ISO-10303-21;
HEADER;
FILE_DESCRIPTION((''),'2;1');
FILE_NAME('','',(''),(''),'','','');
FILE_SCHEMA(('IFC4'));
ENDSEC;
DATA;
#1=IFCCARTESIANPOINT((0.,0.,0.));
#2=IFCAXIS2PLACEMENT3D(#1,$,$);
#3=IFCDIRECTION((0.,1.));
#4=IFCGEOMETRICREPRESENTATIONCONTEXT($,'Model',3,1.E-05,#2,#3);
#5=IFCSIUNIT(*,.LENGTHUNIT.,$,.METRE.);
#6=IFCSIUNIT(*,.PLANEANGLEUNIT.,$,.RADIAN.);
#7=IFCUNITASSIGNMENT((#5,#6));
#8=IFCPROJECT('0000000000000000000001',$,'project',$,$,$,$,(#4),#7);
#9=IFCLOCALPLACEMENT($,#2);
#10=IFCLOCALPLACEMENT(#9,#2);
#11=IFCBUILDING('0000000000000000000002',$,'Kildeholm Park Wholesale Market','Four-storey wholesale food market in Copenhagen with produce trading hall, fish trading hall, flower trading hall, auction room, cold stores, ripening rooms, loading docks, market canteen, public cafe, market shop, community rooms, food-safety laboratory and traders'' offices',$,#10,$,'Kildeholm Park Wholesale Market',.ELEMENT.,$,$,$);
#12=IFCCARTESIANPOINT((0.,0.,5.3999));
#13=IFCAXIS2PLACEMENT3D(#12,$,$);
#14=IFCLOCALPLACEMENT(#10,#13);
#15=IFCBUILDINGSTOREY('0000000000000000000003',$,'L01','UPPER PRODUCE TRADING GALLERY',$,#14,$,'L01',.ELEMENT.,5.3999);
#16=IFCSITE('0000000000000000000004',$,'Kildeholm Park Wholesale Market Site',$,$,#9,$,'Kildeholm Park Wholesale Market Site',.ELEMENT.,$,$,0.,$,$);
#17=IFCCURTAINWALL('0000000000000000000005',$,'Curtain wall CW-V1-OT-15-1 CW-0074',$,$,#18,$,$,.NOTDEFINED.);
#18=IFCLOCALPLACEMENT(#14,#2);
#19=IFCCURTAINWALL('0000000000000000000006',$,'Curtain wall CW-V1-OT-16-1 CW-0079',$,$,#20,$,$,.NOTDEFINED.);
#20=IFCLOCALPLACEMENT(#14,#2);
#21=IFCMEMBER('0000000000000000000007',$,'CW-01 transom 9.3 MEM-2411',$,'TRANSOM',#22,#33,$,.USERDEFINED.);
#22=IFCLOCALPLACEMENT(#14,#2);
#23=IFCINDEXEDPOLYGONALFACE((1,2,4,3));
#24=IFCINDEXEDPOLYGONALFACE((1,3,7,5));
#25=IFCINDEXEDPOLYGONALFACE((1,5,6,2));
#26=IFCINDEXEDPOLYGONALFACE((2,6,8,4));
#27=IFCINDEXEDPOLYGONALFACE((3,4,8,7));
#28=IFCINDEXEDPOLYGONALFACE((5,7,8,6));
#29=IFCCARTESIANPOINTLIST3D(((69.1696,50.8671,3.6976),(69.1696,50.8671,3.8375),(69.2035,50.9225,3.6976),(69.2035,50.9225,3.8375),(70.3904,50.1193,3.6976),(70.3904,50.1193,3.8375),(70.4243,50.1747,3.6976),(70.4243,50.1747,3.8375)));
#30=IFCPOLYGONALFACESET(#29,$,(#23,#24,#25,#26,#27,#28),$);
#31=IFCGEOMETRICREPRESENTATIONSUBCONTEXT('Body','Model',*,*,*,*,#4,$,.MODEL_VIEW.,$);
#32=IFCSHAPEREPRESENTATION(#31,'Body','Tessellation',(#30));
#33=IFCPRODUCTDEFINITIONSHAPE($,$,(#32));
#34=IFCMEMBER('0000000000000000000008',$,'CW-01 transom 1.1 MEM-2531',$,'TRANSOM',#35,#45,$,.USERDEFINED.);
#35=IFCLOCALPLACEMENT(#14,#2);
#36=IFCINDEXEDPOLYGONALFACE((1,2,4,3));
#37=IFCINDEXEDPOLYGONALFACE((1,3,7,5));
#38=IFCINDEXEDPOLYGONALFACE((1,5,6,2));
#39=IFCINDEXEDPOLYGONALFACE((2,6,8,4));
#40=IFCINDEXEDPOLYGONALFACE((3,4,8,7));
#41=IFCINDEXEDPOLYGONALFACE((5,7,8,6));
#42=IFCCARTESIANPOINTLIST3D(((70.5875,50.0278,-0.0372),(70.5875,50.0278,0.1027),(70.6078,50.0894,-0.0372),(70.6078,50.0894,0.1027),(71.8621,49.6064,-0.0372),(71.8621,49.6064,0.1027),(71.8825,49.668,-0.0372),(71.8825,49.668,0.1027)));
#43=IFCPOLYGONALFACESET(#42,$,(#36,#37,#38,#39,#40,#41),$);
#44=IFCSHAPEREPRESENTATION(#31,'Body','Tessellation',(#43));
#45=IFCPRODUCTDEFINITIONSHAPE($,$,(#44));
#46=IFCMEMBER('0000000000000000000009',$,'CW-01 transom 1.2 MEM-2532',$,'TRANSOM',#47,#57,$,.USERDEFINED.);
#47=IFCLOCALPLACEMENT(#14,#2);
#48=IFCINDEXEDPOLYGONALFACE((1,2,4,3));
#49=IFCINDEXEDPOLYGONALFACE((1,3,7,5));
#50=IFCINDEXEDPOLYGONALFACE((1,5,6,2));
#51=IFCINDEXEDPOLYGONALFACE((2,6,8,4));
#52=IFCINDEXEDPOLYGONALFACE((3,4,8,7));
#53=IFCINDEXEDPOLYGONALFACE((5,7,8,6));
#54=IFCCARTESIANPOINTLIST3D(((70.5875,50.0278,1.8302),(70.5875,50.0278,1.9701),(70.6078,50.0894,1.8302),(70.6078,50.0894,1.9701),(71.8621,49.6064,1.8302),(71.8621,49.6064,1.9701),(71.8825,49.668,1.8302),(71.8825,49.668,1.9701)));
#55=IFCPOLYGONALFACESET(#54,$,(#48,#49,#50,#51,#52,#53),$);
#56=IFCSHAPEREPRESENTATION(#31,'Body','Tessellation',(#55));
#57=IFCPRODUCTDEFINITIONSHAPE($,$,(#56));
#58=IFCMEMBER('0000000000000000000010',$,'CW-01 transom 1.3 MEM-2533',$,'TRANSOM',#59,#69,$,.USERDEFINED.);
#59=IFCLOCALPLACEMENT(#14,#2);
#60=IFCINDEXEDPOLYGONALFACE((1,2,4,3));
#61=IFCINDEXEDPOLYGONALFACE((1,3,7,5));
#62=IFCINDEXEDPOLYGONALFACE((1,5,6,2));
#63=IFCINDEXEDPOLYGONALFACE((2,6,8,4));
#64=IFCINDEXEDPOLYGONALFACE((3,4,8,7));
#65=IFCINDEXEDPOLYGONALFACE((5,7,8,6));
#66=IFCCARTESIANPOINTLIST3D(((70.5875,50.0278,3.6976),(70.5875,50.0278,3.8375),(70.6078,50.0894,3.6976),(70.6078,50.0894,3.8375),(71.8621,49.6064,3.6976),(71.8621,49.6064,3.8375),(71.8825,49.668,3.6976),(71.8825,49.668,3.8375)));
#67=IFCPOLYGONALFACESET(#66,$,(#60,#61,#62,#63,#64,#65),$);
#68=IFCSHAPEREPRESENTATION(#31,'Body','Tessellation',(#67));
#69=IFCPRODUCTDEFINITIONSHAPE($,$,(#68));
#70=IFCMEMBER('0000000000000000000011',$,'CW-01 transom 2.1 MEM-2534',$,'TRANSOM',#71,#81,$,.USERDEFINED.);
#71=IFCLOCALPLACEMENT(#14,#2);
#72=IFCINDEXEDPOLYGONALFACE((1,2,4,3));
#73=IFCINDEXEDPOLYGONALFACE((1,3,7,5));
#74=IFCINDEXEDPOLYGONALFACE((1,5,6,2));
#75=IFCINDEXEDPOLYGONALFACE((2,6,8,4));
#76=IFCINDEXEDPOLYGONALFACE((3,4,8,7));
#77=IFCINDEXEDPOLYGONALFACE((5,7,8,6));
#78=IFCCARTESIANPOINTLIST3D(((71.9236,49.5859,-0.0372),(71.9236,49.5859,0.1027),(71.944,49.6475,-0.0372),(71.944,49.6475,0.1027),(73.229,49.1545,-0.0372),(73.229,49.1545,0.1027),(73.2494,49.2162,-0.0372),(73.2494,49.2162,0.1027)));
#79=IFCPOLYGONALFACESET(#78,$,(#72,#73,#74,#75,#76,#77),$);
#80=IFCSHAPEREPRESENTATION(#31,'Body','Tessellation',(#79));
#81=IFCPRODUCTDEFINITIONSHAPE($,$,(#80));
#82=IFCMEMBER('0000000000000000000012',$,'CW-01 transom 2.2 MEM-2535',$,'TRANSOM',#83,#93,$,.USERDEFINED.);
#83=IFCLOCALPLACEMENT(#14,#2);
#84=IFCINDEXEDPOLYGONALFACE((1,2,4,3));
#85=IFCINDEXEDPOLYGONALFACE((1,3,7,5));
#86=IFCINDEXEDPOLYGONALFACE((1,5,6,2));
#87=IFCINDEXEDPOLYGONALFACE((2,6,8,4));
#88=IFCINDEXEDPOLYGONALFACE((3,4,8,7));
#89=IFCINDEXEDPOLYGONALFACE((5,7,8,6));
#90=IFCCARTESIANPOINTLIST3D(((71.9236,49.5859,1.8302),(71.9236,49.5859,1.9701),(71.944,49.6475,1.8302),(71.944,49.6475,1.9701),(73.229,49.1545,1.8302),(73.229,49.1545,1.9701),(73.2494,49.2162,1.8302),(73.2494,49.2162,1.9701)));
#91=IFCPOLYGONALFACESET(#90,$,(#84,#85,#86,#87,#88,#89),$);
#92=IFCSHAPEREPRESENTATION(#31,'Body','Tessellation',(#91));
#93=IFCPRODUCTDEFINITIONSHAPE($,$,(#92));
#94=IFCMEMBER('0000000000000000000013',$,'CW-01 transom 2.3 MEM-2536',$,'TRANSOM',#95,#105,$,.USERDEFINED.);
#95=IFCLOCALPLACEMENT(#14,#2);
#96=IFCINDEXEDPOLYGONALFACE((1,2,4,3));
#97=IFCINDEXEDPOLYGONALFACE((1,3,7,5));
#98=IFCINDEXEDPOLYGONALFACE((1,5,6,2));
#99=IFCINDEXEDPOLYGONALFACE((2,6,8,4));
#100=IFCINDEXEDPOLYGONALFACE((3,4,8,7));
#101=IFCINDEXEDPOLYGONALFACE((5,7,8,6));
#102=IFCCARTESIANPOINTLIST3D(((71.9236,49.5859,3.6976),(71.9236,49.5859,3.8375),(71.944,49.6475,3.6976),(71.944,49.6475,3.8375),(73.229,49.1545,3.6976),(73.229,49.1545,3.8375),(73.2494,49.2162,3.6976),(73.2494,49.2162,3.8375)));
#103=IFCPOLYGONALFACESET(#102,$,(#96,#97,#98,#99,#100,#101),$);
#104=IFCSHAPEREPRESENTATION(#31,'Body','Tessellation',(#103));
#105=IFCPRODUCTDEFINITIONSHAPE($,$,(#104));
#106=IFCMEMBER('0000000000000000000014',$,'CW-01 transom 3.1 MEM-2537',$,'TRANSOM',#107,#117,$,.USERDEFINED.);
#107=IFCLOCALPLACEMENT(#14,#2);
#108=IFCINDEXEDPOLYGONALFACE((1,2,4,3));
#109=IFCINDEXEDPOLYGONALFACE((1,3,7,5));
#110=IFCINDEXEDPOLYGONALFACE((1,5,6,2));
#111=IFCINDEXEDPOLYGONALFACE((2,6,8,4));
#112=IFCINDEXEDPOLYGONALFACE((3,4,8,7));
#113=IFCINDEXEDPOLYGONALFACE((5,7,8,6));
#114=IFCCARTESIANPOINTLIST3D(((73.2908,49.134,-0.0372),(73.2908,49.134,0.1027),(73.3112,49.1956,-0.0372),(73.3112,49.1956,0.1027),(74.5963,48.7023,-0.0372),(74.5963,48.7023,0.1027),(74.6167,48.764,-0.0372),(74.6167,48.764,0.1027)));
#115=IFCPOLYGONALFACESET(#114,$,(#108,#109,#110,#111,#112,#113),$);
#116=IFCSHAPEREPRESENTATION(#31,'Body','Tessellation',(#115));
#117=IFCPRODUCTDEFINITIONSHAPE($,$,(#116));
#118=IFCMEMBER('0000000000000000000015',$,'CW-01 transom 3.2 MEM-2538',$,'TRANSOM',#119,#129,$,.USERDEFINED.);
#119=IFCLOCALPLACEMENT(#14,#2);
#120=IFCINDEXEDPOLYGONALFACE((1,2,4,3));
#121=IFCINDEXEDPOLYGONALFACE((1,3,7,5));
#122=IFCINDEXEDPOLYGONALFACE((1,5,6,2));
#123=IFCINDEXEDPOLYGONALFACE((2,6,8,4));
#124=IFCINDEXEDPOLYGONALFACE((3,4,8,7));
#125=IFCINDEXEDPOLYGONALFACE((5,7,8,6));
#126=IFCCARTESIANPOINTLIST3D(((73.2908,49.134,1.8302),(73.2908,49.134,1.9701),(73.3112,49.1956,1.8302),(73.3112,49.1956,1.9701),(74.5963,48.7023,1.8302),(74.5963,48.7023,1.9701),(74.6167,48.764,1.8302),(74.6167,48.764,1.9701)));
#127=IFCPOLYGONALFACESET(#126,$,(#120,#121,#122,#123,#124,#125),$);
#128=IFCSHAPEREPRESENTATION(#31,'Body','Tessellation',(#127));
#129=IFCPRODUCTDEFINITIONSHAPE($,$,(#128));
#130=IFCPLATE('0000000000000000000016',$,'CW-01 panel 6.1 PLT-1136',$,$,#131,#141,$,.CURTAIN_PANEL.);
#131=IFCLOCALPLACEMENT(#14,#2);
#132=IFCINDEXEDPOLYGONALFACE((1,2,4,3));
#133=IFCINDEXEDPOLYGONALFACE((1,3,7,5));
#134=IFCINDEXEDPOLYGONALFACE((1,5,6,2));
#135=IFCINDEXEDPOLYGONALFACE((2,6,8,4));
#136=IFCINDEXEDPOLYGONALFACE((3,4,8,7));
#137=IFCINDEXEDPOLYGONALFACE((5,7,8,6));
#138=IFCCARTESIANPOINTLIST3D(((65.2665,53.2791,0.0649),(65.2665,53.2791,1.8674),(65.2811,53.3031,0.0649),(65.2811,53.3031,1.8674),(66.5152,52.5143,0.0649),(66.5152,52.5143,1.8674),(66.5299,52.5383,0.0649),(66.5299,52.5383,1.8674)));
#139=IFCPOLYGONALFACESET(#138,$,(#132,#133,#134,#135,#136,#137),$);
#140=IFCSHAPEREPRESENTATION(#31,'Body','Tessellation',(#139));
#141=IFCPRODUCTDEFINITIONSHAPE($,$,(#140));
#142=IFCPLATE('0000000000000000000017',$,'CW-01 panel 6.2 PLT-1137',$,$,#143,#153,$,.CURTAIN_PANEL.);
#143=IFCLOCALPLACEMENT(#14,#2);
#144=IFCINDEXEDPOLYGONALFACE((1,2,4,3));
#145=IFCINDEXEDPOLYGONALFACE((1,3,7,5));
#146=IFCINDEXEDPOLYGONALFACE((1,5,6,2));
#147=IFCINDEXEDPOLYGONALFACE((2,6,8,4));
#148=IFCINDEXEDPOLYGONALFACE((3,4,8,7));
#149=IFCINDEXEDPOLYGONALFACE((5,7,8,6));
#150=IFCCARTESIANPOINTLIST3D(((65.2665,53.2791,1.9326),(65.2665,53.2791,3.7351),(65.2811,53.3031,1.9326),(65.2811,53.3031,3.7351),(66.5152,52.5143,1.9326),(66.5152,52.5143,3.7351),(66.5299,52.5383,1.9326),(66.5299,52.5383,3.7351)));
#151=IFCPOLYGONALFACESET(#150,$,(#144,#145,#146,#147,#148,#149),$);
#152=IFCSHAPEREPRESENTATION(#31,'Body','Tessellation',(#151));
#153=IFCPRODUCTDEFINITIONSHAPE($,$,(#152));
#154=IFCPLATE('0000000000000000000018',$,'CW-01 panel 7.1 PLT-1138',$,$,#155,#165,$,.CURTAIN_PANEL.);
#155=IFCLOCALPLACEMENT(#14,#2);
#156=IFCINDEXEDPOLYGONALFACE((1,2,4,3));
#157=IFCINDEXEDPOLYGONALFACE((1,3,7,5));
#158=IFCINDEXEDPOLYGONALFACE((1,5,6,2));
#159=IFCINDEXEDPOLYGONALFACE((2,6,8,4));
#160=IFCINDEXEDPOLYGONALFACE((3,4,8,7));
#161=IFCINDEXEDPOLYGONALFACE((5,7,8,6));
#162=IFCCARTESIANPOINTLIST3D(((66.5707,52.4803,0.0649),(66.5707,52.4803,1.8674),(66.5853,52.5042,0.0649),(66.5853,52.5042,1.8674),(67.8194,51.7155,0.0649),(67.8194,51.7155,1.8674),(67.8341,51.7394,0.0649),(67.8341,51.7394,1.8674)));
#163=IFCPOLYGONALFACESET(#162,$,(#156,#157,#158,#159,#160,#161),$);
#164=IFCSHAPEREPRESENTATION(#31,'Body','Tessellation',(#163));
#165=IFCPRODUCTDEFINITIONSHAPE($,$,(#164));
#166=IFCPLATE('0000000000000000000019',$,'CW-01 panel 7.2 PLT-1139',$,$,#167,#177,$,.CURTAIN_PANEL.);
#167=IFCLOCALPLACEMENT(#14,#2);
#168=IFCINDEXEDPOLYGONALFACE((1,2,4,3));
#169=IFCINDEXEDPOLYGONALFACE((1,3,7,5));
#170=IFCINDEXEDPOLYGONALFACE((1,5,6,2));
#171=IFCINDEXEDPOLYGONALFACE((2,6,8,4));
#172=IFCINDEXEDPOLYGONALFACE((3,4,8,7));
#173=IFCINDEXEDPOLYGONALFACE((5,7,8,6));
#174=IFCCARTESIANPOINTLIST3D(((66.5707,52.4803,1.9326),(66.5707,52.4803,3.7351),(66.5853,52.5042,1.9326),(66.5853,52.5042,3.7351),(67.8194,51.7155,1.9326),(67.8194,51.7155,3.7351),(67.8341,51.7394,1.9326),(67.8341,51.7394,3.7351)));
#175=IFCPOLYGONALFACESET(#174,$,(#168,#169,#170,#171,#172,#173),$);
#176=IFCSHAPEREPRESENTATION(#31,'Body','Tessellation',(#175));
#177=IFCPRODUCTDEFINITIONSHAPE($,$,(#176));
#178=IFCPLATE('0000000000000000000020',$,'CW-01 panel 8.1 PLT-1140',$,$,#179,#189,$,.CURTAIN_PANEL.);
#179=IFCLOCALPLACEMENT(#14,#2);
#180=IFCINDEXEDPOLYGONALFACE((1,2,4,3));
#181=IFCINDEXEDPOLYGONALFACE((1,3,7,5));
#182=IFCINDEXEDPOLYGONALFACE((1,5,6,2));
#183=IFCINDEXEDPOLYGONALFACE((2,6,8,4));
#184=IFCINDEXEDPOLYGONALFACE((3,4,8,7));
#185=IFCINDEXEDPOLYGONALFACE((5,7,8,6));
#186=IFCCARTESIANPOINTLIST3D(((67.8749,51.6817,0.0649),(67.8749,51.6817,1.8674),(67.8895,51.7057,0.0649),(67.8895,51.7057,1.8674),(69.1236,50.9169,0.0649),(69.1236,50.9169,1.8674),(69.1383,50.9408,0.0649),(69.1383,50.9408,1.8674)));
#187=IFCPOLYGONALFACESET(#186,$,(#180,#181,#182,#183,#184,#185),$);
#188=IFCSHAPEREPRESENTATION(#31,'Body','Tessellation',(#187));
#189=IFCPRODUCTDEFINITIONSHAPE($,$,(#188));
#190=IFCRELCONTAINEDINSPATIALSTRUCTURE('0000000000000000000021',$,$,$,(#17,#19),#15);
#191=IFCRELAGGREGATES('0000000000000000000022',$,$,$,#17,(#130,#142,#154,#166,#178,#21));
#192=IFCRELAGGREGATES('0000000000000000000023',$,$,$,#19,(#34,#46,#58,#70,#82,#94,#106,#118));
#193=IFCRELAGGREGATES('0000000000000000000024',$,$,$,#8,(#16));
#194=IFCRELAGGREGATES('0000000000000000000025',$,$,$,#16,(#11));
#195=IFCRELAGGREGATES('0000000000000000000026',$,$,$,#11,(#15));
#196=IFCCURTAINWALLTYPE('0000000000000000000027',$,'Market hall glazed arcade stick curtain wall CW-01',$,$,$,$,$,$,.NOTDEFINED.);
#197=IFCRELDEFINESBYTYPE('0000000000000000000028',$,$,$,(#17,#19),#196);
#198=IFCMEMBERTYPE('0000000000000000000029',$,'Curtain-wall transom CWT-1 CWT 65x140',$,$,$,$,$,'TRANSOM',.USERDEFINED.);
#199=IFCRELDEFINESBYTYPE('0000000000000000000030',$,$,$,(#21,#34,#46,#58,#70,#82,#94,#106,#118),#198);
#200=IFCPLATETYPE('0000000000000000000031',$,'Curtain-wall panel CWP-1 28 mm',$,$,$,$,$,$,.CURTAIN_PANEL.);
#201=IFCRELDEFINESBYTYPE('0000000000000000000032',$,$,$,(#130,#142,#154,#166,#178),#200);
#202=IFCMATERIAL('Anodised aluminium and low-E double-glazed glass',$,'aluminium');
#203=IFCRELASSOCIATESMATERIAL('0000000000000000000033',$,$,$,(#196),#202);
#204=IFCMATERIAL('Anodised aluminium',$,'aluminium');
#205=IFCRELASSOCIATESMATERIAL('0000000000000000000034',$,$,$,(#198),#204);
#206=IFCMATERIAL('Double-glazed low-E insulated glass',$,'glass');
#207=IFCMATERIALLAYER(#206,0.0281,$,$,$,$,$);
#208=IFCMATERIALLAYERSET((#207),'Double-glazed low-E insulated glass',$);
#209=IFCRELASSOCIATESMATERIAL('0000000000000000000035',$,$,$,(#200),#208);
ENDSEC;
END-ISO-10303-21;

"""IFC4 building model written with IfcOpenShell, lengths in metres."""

from ifc_helpers import new_model, si_unit, direction, frame, origin, origin_2d, place, context, subcontext, project, spatial, rectangle, extrude, material, layer, layer_set, material_profile, profile_set, type_object, element, aggregate, save


model = new_model("IFC4")

# Units and contexts
model_context = context("Model", 3, precision=1e-05, world=origin(), true_north=direction((0.0, 1.0)))
body_context = subcontext(model_context, "Body", "Model", "MODEL_VIEW")
ifc_project = project(units=[si_unit("LENGTHUNIT", "METRE"), si_unit("PLANEANGLEUNIT", "RADIAN")], contexts=[model_context])

# Site, building, storey
site_placement = place(None, origin())
site = spatial("IfcSite", under=ifc_project, at=site_placement, Name="Kildeholm Park Wholesale Market Site", LongName="Kildeholm Park Wholesale Market Site", CompositionType="ELEMENT", RefElevation=0.0)
building_placement = place(site_placement, origin())
building = spatial("IfcBuilding", under=site, at=building_placement, Name="Kildeholm Park Wholesale Market", Description="Four-storey wholesale food market in Copenhagen with produce trading hall, fish trading hall, flower trading hall, auction room, cold stores, ripening rooms, loading docks, market canteen, public cafe, market shop, community rooms, food-safety laboratory and traders' offices", LongName="Kildeholm Park Wholesale Market", CompositionType="ELEMENT")
storey_placement = place(building_placement, frame((0.0, 0.0, 5.3999)))
storey = spatial("IfcBuildingStorey", under=building, at=storey_placement, Name="L01", Description="UPPER PRODUCE TRADING GALLERY", LongName="L01", CompositionType="ELEMENT", Elevation=5.3999)

# Curtain walls
ifc_material_1 = material(Name="Anodised aluminium and low-E double-glazed glass", Category="aluminium")
curtain_wall_type = type_object("IfcCurtainWallType", Name="Market hall glazed arcade stick curtain wall CW-01", PredefinedType="NOTDEFINED", material=ifc_material_1)
curtain_wall_1_placement = place(storey_placement, origin())
curtain_wall_1 = element("IfcCurtainWall", 1, at=curtain_wall_1_placement, inside=storey, type_object=curtain_wall_type, Name="Curtain wall CW-V1-OT-15-1 CW-0074", PredefinedType="NOTDEFINED")
ifc_material_2 = material(Name="Anodised aluminium", Category="aluminium")
curtain_wall_2_placement = place(storey_placement, origin())
curtain_wall_2 = element("IfcCurtainWall", 2, at=curtain_wall_2_placement, inside=storey, type_object=curtain_wall_type, Name="Curtain wall CW-V1-OT-16-1 CW-0079", PredefinedType="NOTDEFINED")

# Members
ifc_material_profile_1 = material_profile(ifc_material_2, rectangle(XDim=0.0649, YDim=0.1399, at=origin_2d()), Name="CWT 65x140")
ifc_profile_set_1 = profile_set([ifc_material_profile_1], Name="Anodised aluminium")
member_type_1 = type_object("IfcMemberType", Name="Curtain-wall transom CWT-1 CWT 65x140", ElementType="TRANSOM", PredefinedType="USERDEFINED", material=ifc_profile_set_1)
member_1_placement = place(storey_placement, frame((69.1865, 50.8948, 3.7676), z_axis=(0.852763, -0.522298, 0.0), x_axis=(0.522298, 0.852763, 0.0)))
member_1 = element("IfcMember", 3, at=member_1_placement, type_object=member_type_1, Name="CW-01 transom 9.3 MEM-2411", ObjectType="TRANSOM", PredefinedType="USERDEFINED", context=body_context, shape_type="SweptSolid", body=[
    extrude(rectangle(XDim=0.0649, YDim=0.1399, at=origin_2d()), origin(), (0.0, 0.0, 1.0), 1.4316),
])
member_2_placement = place(storey_placement, frame((70.5977, 50.0586, 0.0327), z_axis=(0.949462, -0.313881, 0.0), x_axis=(0.313881, 0.949462, 0.0)))
member_2 = element("IfcMember", 4, at=member_2_placement, type_object=member_type_1, Name="CW-01 transom 1.1 MEM-2531", ObjectType="TRANSOM", PredefinedType="USERDEFINED", context=body_context, shape_type="SweptSolid", body=[
    extrude(rectangle(XDim=0.0649, YDim=0.1399, at=origin_2d()), origin(), (0.0, 0.0, 1.0), 1.3425),
])
member_3_placement = place(storey_placement, frame((70.5977, 50.0586, 1.9001), z_axis=(0.949462, -0.313881, 0.0), x_axis=(0.313881, 0.949462, 0.0)))
member_3 = element("IfcMember", 5, at=member_3_placement, type_object=member_type_1, Name="CW-01 transom 1.2 MEM-2532", ObjectType="TRANSOM", PredefinedType="USERDEFINED", context=body_context, shape_type="SweptSolid", body=[
    extrude(rectangle(XDim=0.0649, YDim=0.1399, at=origin_2d()), origin(), (0.0, 0.0, 1.0), 1.3425),
])
member_4_placement = place(storey_placement, frame((70.5977, 50.0586, 3.7676), z_axis=(0.949462, -0.313881, 0.0), x_axis=(0.313881, 0.949462, 0.0)))
member_4 = element("IfcMember", 6, at=member_4_placement, type_object=member_type_1, Name="CW-01 transom 1.3 MEM-2533", ObjectType="TRANSOM", PredefinedType="USERDEFINED", context=body_context, shape_type="SweptSolid", body=[
    extrude(rectangle(XDim=0.0649, YDim=0.1399, at=origin_2d()), origin(), (0.0, 0.0, 1.0), 1.3425),
])
member_5_placement = place(storey_placement, frame((71.9338, 49.6167, 0.0327), z_axis=(0.949497, -0.313776, 0.0), x_axis=(0.313776, 0.949497, 0.0)))
member_5 = element("IfcMember", 7, at=member_5_placement, type_object=member_type_1, Name="CW-01 transom 2.1 MEM-2534", ObjectType="TRANSOM", PredefinedType="USERDEFINED", context=body_context, shape_type="SweptSolid", body=[
    extrude(rectangle(XDim=0.0649, YDim=0.1399, at=origin_2d()), origin(), (0.0, 0.0, 1.0), 1.3748),
])
member_6_placement = place(storey_placement, frame((71.9338, 49.6167, 1.9001), z_axis=(0.949497, -0.313776, 0.0), x_axis=(0.313776, 0.949497, 0.0)))
member_6 = element("IfcMember", 8, at=member_6_placement, type_object=member_type_1, Name="CW-01 transom 2.2 MEM-2535", ObjectType="TRANSOM", PredefinedType="USERDEFINED", context=body_context, shape_type="SweptSolid", body=[
    extrude(rectangle(XDim=0.0649, YDim=0.1399, at=origin_2d()), origin(), (0.0, 0.0, 1.0), 1.3748),
])
member_7_placement = place(storey_placement, frame((71.9338, 49.6167, 3.7676), z_axis=(0.949497, -0.313776, 0.0), x_axis=(0.313776, 0.949497, 0.0)))
member_7 = element("IfcMember", 9, at=member_7_placement, type_object=member_type_1, Name="CW-01 transom 2.3 MEM-2536", ObjectType="TRANSOM", PredefinedType="USERDEFINED", context=body_context, shape_type="SweptSolid", body=[
    extrude(rectangle(XDim=0.0649, YDim=0.1399, at=origin_2d()), origin(), (0.0, 0.0, 1.0), 1.3748),
])
member_8_placement = place(storey_placement, frame((73.301, 49.1648, 0.0327), z_axis=(0.949444, -0.313936, 0.0), x_axis=(0.313936, 0.949444, 0.0)))
member_8 = element("IfcMember", 10, at=member_8_placement, type_object=member_type_1, Name="CW-01 transom 3.1 MEM-2537", ObjectType="TRANSOM", PredefinedType="USERDEFINED", context=body_context, shape_type="SweptSolid", body=[
    extrude(rectangle(XDim=0.0649, YDim=0.1399, at=origin_2d()), origin(), (0.0, 0.0, 1.0), 1.375),
])
member_9_placement = place(storey_placement, frame((73.301, 49.1648, 1.9001), z_axis=(0.949444, -0.313936, 0.0), x_axis=(0.313936, 0.949444, 0.0)))
member_9 = element("IfcMember", 11, at=member_9_placement, type_object=member_type_1, Name="CW-01 transom 3.2 MEM-2538", ObjectType="TRANSOM", PredefinedType="USERDEFINED", context=body_context, shape_type="SweptSolid", body=[
    extrude(rectangle(XDim=0.0649, YDim=0.1399, at=origin_2d()), origin(), (0.0, 0.0, 1.0), 1.375),
])

# Plates
ifc_material_3 = material(Name="Double-glazed low-E insulated glass", Category="glass")
ifc_layer = layer(ifc_material_3, 0.0281)
ifc_layer_set = layer_set([ifc_layer], Name="Double-glazed low-E insulated glass")
plate_type = type_object("IfcPlateType", Name="Curtain-wall panel CWP-1 28 mm", PredefinedType="CURTAIN_PANEL", material=ifc_layer_set)
plate_1_placement = place(storey_placement, frame((65.8982, 52.9087, 0.0649), z_axis=(0.0, 0.0, 1.0), x_axis=(0.852771, -0.522284, 0.0)))
plate_1 = element("IfcPlate", 12, at=plate_1_placement, type_object=plate_type, Name="CW-01 panel 6.1 PLT-1136", PredefinedType="CURTAIN_PANEL", context=body_context, shape_type="SweptSolid", body=[
    extrude(rectangle(XDim=1.4644, YDim=0.0281, at=origin_2d()), origin(), (0.0, 0.0, 1.0), 1.8025),
])
plate_2_placement = place(storey_placement, frame((65.8982, 52.9087, 1.9326), z_axis=(0.0, 0.0, 1.0), x_axis=(0.852771, -0.522284, 0.0)))
plate_2 = element("IfcPlate", 13, at=plate_2_placement, type_object=plate_type, Name="CW-01 panel 6.2 PLT-1137", PredefinedType="CURTAIN_PANEL", context=body_context, shape_type="SweptSolid", body=[
    extrude(rectangle(XDim=1.4644, YDim=0.0281, at=origin_2d()), origin(), (0.0, 0.0, 1.0), 1.8025),
])
plate_3_placement = place(storey_placement, frame((67.2024, 52.1099, 0.0649), z_axis=(0.0, 0.0, 1.0), x_axis=(0.852771, -0.522284, 0.0)))
plate_3 = element("IfcPlate", 14, at=plate_3_placement, type_object=plate_type, Name="CW-01 panel 7.1 PLT-1138", PredefinedType="CURTAIN_PANEL", context=body_context, shape_type="SweptSolid", body=[
    extrude(rectangle(XDim=1.4644, YDim=0.0281, at=origin_2d()), origin(), (0.0, 0.0, 1.0), 1.8025),
])
plate_4_placement = place(storey_placement, frame((67.2024, 52.1099, 1.9326), z_axis=(0.0, 0.0, 1.0), x_axis=(0.852771, -0.522284, 0.0)))
plate_4 = element("IfcPlate", 15, at=plate_4_placement, type_object=plate_type, Name="CW-01 panel 7.2 PLT-1139", PredefinedType="CURTAIN_PANEL", context=body_context, shape_type="SweptSolid", body=[
    extrude(rectangle(XDim=1.4644, YDim=0.0281, at=origin_2d()), origin(), (0.0, 0.0, 1.0), 1.8025),
])
plate_5_placement = place(storey_placement, frame((68.5066, 51.3113, 0.0649), z_axis=(0.0, 0.0, 1.0), x_axis=(0.852771, -0.522284, 0.0)))
plate_5 = element("IfcPlate", 16, at=plate_5_placement, type_object=plate_type, Name="CW-01 panel 8.1 PLT-1140", PredefinedType="CURTAIN_PANEL", context=body_context, shape_type="SweptSolid", body=[
    extrude(rectangle(XDim=1.4644, YDim=0.0281, at=origin_2d()), origin(), (0.0, 0.0, 1.0), 1.8025),
])
aggregate(curtain_wall_1, [plate_1, plate_2, plate_3, plate_4, plate_5, member_1])
aggregate(curtain_wall_2, [member_2, member_3, member_4, member_5, member_6, member_7, member_8, member_9])

save(model, "model.ifc")
